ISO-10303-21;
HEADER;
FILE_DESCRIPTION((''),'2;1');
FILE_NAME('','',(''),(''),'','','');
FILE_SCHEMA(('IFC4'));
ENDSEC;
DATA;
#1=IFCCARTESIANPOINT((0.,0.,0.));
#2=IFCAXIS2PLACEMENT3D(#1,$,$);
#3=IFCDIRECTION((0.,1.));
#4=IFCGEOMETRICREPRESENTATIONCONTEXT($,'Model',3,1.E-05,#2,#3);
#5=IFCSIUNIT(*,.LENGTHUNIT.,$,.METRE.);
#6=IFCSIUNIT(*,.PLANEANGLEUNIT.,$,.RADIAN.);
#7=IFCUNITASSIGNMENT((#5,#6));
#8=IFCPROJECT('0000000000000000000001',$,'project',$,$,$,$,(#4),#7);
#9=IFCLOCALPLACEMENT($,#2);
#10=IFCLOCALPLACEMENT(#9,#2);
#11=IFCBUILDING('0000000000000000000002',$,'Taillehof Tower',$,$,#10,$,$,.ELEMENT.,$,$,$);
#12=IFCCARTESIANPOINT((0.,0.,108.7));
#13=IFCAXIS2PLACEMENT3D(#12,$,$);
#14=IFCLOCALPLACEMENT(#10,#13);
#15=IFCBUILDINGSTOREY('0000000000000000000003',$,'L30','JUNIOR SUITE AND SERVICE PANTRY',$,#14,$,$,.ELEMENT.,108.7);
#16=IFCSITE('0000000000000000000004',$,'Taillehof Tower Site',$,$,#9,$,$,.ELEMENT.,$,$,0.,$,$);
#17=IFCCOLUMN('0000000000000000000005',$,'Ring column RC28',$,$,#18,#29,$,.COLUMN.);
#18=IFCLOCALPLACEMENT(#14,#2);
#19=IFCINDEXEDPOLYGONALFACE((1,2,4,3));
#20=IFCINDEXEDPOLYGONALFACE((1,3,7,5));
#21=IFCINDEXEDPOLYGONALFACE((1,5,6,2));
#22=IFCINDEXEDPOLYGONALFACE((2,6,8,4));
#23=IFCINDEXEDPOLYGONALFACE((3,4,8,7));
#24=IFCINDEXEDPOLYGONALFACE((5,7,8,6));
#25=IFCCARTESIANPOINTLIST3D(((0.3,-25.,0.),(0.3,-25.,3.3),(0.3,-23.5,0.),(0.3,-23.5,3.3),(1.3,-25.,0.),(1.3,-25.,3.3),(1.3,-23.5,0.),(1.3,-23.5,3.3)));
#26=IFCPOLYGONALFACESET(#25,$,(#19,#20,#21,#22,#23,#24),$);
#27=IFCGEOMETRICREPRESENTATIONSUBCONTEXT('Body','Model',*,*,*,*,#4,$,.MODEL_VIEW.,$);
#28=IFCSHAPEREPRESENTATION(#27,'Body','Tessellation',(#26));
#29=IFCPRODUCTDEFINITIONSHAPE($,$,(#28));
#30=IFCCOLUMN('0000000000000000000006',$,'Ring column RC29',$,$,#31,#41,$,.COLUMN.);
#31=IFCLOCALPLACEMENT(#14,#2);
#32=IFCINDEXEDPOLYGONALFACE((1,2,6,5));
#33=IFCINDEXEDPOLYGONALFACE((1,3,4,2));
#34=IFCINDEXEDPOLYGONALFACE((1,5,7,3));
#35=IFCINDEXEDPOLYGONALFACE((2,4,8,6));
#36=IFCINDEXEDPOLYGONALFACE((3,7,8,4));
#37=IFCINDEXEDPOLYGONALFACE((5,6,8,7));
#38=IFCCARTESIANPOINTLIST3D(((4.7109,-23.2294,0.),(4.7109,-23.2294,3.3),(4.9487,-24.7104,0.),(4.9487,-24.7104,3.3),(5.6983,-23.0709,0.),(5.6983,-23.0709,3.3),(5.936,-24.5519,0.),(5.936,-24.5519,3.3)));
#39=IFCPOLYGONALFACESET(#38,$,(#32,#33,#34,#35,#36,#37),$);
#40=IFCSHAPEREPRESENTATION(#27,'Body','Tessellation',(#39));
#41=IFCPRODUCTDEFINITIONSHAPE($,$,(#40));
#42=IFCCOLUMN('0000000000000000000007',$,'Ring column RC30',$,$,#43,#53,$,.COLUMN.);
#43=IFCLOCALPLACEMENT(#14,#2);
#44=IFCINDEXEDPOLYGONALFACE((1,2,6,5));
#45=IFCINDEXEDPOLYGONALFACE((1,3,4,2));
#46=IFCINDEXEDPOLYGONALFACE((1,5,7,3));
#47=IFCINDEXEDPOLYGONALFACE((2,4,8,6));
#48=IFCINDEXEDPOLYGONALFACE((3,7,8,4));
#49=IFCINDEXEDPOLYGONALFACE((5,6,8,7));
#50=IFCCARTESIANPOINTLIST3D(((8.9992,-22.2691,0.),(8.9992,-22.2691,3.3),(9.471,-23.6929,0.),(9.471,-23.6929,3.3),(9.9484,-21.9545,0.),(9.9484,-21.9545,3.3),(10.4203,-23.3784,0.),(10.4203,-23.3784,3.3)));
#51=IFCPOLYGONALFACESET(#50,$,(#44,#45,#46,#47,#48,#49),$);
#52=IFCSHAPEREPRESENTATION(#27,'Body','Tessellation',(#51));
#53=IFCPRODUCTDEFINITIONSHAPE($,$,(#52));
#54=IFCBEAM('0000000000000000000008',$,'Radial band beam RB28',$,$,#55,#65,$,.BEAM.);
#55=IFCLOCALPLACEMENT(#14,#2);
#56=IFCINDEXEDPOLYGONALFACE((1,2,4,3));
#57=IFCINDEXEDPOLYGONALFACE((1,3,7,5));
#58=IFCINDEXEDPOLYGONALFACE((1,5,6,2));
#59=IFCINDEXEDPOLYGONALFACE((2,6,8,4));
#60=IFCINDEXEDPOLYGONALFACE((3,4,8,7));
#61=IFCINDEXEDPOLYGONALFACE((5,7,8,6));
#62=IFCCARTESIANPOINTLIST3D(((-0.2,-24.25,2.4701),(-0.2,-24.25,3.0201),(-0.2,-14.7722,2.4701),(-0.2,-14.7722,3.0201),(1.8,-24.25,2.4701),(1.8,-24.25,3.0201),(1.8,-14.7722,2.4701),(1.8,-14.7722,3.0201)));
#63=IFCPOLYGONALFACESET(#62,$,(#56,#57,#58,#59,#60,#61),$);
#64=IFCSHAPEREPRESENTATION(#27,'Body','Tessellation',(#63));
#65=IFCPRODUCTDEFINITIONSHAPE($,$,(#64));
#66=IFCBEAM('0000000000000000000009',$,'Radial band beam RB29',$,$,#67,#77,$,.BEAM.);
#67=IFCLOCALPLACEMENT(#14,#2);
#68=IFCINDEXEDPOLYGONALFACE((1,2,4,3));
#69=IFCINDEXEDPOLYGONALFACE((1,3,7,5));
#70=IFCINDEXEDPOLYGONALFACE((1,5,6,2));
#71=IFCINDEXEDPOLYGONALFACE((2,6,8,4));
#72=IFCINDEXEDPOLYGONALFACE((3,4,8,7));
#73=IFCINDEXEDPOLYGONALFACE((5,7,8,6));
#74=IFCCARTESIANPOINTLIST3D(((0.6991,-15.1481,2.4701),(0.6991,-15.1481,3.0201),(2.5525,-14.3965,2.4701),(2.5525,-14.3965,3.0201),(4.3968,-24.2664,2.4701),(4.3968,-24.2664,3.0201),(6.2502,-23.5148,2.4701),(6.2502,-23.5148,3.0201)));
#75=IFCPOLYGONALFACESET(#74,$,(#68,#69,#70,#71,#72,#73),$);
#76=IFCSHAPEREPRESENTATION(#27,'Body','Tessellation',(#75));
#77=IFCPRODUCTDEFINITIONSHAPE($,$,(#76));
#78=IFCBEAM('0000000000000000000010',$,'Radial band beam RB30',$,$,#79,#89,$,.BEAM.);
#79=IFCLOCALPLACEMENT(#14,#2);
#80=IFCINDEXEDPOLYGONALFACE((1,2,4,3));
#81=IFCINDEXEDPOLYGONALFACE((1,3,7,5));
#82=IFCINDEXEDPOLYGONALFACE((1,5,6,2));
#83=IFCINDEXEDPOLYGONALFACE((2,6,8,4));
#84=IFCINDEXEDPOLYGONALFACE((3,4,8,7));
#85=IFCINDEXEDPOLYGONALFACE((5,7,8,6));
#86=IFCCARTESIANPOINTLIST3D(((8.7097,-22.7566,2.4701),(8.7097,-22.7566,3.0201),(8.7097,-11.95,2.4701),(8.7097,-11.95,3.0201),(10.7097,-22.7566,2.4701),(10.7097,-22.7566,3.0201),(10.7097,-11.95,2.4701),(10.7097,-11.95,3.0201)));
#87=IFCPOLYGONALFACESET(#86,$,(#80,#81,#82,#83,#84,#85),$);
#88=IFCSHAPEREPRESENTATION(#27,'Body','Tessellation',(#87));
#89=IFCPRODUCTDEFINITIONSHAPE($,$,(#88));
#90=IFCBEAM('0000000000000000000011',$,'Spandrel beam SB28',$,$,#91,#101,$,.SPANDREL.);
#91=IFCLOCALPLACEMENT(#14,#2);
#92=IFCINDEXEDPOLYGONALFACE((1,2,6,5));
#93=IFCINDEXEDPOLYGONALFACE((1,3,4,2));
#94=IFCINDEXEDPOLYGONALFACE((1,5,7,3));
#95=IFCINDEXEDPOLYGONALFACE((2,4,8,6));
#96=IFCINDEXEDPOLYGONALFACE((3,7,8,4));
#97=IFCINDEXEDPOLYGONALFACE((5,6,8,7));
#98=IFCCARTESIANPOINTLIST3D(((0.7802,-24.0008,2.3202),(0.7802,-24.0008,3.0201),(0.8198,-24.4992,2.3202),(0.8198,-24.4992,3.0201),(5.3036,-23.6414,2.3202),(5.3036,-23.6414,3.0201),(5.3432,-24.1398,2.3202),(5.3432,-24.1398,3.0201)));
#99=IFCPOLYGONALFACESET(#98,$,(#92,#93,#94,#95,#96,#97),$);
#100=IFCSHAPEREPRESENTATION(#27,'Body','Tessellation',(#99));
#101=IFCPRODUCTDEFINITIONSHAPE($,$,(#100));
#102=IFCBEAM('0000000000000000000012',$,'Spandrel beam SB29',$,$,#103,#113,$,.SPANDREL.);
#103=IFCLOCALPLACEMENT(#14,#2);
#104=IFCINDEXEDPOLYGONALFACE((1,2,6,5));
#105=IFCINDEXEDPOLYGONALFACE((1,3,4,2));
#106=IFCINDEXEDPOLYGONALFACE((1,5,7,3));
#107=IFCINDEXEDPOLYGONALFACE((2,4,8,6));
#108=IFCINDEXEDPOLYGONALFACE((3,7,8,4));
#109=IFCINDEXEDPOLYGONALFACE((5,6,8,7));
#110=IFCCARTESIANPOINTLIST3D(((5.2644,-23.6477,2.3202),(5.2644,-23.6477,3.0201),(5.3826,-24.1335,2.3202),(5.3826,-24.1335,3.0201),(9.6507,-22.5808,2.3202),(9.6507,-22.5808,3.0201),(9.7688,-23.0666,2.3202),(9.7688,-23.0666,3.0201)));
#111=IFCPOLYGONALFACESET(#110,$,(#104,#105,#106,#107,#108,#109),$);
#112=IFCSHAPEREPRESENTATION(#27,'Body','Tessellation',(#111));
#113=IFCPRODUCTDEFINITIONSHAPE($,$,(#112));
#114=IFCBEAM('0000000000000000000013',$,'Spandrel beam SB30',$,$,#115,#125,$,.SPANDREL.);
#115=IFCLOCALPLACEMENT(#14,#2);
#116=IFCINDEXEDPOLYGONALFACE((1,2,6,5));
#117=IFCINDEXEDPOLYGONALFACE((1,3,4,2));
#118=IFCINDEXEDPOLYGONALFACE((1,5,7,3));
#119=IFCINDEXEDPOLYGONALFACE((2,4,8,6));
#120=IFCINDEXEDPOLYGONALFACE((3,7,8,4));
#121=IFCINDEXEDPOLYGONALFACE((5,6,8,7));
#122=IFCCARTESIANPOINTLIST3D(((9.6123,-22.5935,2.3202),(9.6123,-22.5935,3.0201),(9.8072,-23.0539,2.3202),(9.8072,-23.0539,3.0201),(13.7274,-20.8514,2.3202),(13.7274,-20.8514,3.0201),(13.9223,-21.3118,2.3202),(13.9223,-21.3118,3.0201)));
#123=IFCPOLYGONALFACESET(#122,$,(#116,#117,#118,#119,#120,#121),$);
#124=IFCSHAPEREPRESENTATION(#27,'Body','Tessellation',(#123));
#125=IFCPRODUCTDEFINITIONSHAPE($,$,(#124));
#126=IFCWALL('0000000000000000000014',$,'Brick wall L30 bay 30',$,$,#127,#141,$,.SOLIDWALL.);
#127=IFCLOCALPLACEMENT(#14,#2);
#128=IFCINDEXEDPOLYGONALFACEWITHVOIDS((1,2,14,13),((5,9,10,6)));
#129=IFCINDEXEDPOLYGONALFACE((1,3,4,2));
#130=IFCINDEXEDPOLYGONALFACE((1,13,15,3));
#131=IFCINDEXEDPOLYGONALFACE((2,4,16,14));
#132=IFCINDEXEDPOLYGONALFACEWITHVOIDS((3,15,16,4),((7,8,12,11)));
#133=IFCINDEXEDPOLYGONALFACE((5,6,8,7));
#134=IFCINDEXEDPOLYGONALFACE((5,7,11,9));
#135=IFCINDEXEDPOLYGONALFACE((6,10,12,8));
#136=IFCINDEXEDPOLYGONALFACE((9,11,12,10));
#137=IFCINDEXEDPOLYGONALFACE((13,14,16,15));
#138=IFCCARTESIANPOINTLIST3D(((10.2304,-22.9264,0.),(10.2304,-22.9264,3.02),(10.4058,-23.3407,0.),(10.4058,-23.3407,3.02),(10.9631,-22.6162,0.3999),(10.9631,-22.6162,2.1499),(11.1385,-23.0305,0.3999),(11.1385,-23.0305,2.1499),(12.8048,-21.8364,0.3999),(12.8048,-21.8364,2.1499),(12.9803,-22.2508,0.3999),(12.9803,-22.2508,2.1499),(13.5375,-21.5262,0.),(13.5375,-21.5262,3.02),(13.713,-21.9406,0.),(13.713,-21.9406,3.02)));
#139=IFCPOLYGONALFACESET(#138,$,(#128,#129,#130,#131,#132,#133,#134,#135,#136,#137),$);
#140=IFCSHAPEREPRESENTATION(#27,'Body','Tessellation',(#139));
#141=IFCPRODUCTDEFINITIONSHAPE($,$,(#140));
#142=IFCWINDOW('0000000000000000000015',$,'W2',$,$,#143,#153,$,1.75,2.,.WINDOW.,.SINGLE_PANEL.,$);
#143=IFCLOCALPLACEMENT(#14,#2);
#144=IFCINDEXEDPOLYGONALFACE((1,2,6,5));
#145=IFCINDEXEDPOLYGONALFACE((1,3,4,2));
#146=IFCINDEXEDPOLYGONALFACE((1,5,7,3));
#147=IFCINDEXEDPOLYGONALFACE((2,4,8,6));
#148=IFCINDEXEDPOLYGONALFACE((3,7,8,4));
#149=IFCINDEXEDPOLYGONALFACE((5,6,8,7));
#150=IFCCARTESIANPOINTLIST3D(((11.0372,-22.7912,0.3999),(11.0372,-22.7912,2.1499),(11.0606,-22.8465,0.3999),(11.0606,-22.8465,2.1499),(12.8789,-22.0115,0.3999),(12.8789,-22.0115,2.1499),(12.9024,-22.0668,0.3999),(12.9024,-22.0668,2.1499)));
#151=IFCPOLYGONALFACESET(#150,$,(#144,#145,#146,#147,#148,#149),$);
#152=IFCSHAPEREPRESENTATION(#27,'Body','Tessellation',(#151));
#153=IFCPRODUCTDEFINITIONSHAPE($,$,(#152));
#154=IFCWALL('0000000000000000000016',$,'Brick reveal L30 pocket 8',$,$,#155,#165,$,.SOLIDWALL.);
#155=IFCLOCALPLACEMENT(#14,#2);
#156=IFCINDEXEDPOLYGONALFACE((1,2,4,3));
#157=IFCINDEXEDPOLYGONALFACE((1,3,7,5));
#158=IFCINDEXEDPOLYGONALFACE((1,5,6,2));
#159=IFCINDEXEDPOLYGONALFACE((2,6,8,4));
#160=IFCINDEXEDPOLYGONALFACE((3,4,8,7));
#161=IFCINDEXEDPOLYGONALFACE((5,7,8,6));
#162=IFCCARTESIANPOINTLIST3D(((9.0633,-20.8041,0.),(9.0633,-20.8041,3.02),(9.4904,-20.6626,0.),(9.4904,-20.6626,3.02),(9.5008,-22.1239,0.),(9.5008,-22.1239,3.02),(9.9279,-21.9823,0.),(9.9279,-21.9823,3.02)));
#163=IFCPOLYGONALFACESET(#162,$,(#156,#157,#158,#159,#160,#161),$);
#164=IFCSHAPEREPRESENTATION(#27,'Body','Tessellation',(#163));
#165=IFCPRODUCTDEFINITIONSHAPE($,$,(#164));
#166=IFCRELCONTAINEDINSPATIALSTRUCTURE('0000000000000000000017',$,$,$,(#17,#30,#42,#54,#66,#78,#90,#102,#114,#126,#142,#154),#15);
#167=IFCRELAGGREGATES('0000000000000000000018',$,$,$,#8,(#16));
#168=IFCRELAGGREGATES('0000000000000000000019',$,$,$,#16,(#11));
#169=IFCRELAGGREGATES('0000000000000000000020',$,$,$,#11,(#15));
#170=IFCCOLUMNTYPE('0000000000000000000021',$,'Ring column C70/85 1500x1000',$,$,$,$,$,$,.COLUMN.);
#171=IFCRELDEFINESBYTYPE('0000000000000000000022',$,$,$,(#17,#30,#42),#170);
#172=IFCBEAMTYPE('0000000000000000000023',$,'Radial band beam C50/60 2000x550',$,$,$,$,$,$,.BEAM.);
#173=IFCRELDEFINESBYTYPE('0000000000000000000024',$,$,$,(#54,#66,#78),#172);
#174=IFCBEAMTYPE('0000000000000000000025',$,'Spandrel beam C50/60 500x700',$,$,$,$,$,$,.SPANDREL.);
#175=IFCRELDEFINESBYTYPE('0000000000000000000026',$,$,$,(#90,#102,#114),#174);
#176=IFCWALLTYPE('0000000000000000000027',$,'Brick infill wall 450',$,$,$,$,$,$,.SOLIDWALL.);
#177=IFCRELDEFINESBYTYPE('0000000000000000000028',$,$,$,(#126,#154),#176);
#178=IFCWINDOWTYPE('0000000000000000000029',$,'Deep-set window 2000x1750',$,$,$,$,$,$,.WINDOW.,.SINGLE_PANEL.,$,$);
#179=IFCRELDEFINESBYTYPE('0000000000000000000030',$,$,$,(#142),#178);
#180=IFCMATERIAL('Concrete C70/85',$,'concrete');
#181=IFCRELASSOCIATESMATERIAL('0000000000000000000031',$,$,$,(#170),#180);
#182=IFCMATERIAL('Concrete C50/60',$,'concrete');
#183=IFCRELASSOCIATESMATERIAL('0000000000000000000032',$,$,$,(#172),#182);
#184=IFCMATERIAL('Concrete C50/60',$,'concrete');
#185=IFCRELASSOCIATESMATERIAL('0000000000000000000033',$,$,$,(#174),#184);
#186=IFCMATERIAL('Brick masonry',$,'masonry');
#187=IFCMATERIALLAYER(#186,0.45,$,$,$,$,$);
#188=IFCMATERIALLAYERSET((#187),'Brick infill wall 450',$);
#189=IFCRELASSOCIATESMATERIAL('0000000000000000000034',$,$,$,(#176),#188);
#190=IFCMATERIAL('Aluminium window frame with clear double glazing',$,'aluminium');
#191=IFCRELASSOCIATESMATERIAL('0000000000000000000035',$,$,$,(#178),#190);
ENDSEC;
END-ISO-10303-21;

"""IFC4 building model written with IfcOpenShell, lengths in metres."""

from ifc_helpers import new_model, si_unit, direction, frame, frame_2d, origin, origin_2d, place, context, subcontext, project, spatial, rectangle, extrude, material, layer, layer_set, material_profile, profile_set, type_object, element, fill, save


model = new_model("IFC4")

# Units and contexts
model_context = context("Model", 3, precision=1e-05, world=origin(), true_north=direction((0.0, 1.0)))
body_context = subcontext(model_context, "Body", "Model", "MODEL_VIEW")
ifc_project = project(units=[si_unit("LENGTHUNIT", "METRE"), si_unit("PLANEANGLEUNIT", "RADIAN")], contexts=[model_context])

# Site, building, storey
site_placement = place(None, origin())
site = spatial("IfcSite", under=ifc_project, at=site_placement, Name="Taillehof Tower Site", CompositionType="ELEMENT", RefElevation=0.0)
building_placement = place(site_placement, origin())
building = spatial("IfcBuilding", under=site, at=building_placement, Name="Taillehof Tower", CompositionType="ELEMENT")
storey_placement = place(building_placement, frame((0.0, 0.0, 108.7)))
storey = spatial("IfcBuildingStorey", under=building, at=storey_placement, Name="L30", Description="JUNIOR SUITE AND SERVICE PANTRY", CompositionType="ELEMENT", Elevation=108.7)

# Columns
ifc_material_1 = material(Name="Concrete C70/85", Category="concrete")
ifc_material_profile_1 = material_profile(ifc_material_1, rectangle(XDim=1.5, YDim=1.0, at=origin_2d()), Name="RC 1500x1000")
ifc_profile_set_1 = profile_set([ifc_material_profile_1], Name="Concrete C70/85")
column_type = type_object("IfcColumnType", Name="Ring column C70/85 1500x1000", PredefinedType="COLUMN", material=ifc_profile_set_1)
for number, where, z_axis, x_axis, name in (
    (1, (0.8, -24.25, 0.0), (0.0, 0.0, 1.0), (0.0, -1.0, 0.0), "Ring column RC28"),
    (2, (5.3235, -23.8906, 0.0), (0.0, 0.0, 1.0), (0.158507, -0.987358, 0.0), "Ring column RC29"),
    (3, (9.7097, -22.8237, 0.0), (0.0, 0.0, 1.0), (0.314555, -0.949239, 0.0), "Ring column RC30"),
):
    element("IfcColumn", number, at=place(storey_placement, frame(where, z_axis=z_axis, x_axis=x_axis)), inside=storey, type_object=column_type, Name=name, PredefinedType="COLUMN", context=body_context, shape_type="SweptSolid", body=[
        extrude(rectangle(XDim=1.5, YDim=1.0, at=origin_2d()), origin(), (0.0, 0.0, 1.0), 3.3),
    ])

# Beams
ifc_material_2 = material(Name="Concrete C50/60", Category="concrete")
ifc_material_profile_2 = material_profile(ifc_material_2, rectangle(XDim=2.0, YDim=0.55, at=origin_2d()), Name="RC 2000x550")
ifc_profile_set_2 = profile_set([ifc_material_profile_2], Name="Concrete C50/60")
beam_type_1 = type_object("IfcBeamType", Name="Radial band beam C50/60 2000x550", PredefinedType="BEAM", material=ifc_profile_set_2)
beam_1_placement = place(storey_placement, frame((0.8, -24.25, 2.7451), z_axis=(0.0, 1.0, 0.0), x_axis=(-1.0, 0.0, 0.0)))
element("IfcBeam", 4, at=beam_1_placement, inside=storey, type_object=beam_type_1, Name="Radial band beam RB28", PredefinedType="BEAM", context=body_context, shape_type="SweptSolid", body=[
    extrude(rectangle(XDim=2.0, YDim=0.55, at=origin_2d()), origin(), (0.0, 0.0, 1.0), 9.4778),
])
beam_2_placement = place(storey_placement, frame((5.3235, -23.8906, 2.7451), z_axis=(-0.375801, 0.9267, 0.0), x_axis=(-0.9267, -0.375801, 0.0)))
element("IfcBeam", 5, at=beam_2_placement, inside=storey, type_object=beam_type_1, Name="Radial band beam RB29", PredefinedType="BEAM", context=body_context, shape_type="SweptSolid", body=[
    extrude(rectangle(XDim=2.0, YDim=0.55, at=origin_2d()), origin(), (0.0, 0.0, 1.0), 9.8396),
])
beam_3_placement = place(storey_placement, frame((9.7097, -22.7566, 2.7451), z_axis=(0.0, 1.0, 0.0), x_axis=(-1.0, 0.0, 0.0)))
element("IfcBeam", 6, at=beam_3_placement, inside=storey, type_object=beam_type_1, Name="Radial band beam RB30", PredefinedType="BEAM", context=body_context, shape_type="SweptSolid", body=[
    extrude(rectangle(XDim=2.0, YDim=0.55, at=origin_2d()), origin(), (0.0, 0.0, 1.0), 10.8066),
])
ifc_material_3 = material(Name="Concrete C50/60", Category="concrete")
ifc_material_profile_3 = material_profile(ifc_material_3, rectangle(XDim=0.5, YDim=0.7, at=origin_2d()), Name="RC 500x700")
ifc_profile_set_3 = profile_set([ifc_material_profile_3], Name="Concrete C50/60")
beam_type_2 = type_object("IfcBeamType", Name="Spandrel beam C50/60 500x700", PredefinedType="SPANDREL", material=ifc_profile_set_3)
beam_4_placement = place(storey_placement, frame((0.8, -24.25, 2.6702), z_axis=(0.996859, 0.079198, 0.0), x_axis=(-0.079198, 0.996859, 0.0)))
element("IfcBeam", 7, at=beam_4_placement, inside=storey, type_object=beam_type_2, Name="Spandrel beam SB28", PredefinedType="SPANDREL", context=body_context, shape_type="SweptSolid", body=[
    extrude(rectangle(XDim=0.5, YDim=0.7, at=origin_2d()), origin(), (0.0, 0.0, 1.0), 4.5376),
])
beam_5_placement = place(storey_placement, frame((5.3235, -23.8906, 2.6702), z_axis=(0.971669, 0.236346, 0.0), x_axis=(-0.236346, 0.971669, 0.0)))
element("IfcBeam", 8, at=beam_5_placement, inside=storey, type_object=beam_type_2, Name="Spandrel beam SB29", PredefinedType="SPANDREL", context=body_context, shape_type="SweptSolid", body=[
    extrude(rectangle(XDim=0.5, YDim=0.7, at=origin_2d()), origin(), (0.0, 0.0, 1.0), 4.5142),
])
beam_6_placement = place(storey_placement, frame((9.7097, -22.8237, 2.6702), z_axis=(0.920877, 0.389854, 0.0), x_axis=(-0.389854, 0.920877, 0.0)))
element("IfcBeam", 9, at=beam_6_placement, inside=storey, type_object=beam_type_2, Name="Spandrel beam SB30", PredefinedType="SPANDREL", context=body_context, shape_type="SweptSolid", body=[
    extrude(rectangle(XDim=0.5, YDim=0.7, at=origin_2d()), origin(), (0.0, 0.0, 1.0), 4.4688),
])

# Wall, opening, window
ifc_material_4 = material(Name="Brick masonry", Category="masonry")
ifc_layer_1 = layer(ifc_material_4, 0.45)
ifc_layer_set_1 = layer_set([ifc_layer_1], Name="Brick infill wall 450")
wall_type_1 = type_object("IfcWallType", Name="Brick infill wall 450", PredefinedType="SOLIDWALL", material=ifc_layer_set_1)
wall_1_placement = place(storey_placement, frame((10.3181, -23.1335, 0.0), z_axis=(0.0, 0.0, 1.0), x_axis=(0.92087, 0.389871, 0.0)))
wall_1 = element("IfcWall", 10, at=wall_1_placement, inside=storey, type_object=wall_type_1, Name="Brick wall L30 bay 30", PredefinedType="SOLIDWALL", context=body_context, shape_type="SweptSolid", body=[
    extrude(rectangle(XDim=3.5913, YDim=0.45, at=frame_2d((1.7957, 0.0))), origin(), (0.0, 0.0, 1.0), 3.02),
])
opening_1_placement = place(wall_1_placement, frame((0.7957, 0.0, 0.3999)))
opening_1 = element("IfcOpeningElement", 11, at=opening_1_placement, cuts=wall_1, PredefinedType="OPENING", context=body_context, shape_type="SweptSolid", body=[
    extrude(rectangle(XDim=2.0, YDim=1.75, at=frame_2d((1.0, 0.875))), frame((0.0, 0.2349, 0.0), z_axis=(0.0, -1.0, 0.0), x_axis=(1.0, 0.0, 0.0)), (0.0, 0.0, 1.0), 0.47),
])
ifc_material_5 = material(Name="Aluminium window frame with clear double glazing", Category="aluminium")
window_type_1 = type_object("IfcWindowType", Name="Deep-set window 2000x1750", PartitioningType="SINGLE_PANEL", PredefinedType="WINDOW", material=ifc_material_5)
window_1_placement = place(opening_1_placement, origin())
window_1 = element("IfcWindow", 12, at=window_1_placement, inside=storey, type_object=window_type_1, Name="W2", OverallHeight=1.75, OverallWidth=2.0, PartitioningType="SINGLE_PANEL", PredefinedType="WINDOW", context=body_context, shape_type="SweptSolid", body=[
    extrude(rectangle(XDim=2.0, YDim=1.75, at=frame_2d((1.0, 0.875))), frame((0.0, 0.0349, 0.0), z_axis=(0.0, -1.0, 0.0), x_axis=(1.0, 0.0, 0.0)), (0.0, 0.0, 1.0), 0.0601),
])
fill(opening_1, window_1)

# Wall
wall_2_placement = place(storey_placement, frame((9.7144, -22.0532, 0.0), z_axis=(0.0, 0.0, 1.0), x_axis=(-0.314647, 0.949209, 0.0)))
element("IfcWall", 13, at=wall_2_placement, inside=storey, type_object=wall_type_1, Name="Brick reveal L30 pocket 8", PredefinedType="SOLIDWALL", context=body_context, shape_type="SweptSolid", body=[
    extrude(rectangle(XDim=1.3904, YDim=0.45, at=frame_2d((0.6953, 0.0))), origin(), (0.0, 0.0, 1.0), 3.02),
])

save(model, "model.ifc")
